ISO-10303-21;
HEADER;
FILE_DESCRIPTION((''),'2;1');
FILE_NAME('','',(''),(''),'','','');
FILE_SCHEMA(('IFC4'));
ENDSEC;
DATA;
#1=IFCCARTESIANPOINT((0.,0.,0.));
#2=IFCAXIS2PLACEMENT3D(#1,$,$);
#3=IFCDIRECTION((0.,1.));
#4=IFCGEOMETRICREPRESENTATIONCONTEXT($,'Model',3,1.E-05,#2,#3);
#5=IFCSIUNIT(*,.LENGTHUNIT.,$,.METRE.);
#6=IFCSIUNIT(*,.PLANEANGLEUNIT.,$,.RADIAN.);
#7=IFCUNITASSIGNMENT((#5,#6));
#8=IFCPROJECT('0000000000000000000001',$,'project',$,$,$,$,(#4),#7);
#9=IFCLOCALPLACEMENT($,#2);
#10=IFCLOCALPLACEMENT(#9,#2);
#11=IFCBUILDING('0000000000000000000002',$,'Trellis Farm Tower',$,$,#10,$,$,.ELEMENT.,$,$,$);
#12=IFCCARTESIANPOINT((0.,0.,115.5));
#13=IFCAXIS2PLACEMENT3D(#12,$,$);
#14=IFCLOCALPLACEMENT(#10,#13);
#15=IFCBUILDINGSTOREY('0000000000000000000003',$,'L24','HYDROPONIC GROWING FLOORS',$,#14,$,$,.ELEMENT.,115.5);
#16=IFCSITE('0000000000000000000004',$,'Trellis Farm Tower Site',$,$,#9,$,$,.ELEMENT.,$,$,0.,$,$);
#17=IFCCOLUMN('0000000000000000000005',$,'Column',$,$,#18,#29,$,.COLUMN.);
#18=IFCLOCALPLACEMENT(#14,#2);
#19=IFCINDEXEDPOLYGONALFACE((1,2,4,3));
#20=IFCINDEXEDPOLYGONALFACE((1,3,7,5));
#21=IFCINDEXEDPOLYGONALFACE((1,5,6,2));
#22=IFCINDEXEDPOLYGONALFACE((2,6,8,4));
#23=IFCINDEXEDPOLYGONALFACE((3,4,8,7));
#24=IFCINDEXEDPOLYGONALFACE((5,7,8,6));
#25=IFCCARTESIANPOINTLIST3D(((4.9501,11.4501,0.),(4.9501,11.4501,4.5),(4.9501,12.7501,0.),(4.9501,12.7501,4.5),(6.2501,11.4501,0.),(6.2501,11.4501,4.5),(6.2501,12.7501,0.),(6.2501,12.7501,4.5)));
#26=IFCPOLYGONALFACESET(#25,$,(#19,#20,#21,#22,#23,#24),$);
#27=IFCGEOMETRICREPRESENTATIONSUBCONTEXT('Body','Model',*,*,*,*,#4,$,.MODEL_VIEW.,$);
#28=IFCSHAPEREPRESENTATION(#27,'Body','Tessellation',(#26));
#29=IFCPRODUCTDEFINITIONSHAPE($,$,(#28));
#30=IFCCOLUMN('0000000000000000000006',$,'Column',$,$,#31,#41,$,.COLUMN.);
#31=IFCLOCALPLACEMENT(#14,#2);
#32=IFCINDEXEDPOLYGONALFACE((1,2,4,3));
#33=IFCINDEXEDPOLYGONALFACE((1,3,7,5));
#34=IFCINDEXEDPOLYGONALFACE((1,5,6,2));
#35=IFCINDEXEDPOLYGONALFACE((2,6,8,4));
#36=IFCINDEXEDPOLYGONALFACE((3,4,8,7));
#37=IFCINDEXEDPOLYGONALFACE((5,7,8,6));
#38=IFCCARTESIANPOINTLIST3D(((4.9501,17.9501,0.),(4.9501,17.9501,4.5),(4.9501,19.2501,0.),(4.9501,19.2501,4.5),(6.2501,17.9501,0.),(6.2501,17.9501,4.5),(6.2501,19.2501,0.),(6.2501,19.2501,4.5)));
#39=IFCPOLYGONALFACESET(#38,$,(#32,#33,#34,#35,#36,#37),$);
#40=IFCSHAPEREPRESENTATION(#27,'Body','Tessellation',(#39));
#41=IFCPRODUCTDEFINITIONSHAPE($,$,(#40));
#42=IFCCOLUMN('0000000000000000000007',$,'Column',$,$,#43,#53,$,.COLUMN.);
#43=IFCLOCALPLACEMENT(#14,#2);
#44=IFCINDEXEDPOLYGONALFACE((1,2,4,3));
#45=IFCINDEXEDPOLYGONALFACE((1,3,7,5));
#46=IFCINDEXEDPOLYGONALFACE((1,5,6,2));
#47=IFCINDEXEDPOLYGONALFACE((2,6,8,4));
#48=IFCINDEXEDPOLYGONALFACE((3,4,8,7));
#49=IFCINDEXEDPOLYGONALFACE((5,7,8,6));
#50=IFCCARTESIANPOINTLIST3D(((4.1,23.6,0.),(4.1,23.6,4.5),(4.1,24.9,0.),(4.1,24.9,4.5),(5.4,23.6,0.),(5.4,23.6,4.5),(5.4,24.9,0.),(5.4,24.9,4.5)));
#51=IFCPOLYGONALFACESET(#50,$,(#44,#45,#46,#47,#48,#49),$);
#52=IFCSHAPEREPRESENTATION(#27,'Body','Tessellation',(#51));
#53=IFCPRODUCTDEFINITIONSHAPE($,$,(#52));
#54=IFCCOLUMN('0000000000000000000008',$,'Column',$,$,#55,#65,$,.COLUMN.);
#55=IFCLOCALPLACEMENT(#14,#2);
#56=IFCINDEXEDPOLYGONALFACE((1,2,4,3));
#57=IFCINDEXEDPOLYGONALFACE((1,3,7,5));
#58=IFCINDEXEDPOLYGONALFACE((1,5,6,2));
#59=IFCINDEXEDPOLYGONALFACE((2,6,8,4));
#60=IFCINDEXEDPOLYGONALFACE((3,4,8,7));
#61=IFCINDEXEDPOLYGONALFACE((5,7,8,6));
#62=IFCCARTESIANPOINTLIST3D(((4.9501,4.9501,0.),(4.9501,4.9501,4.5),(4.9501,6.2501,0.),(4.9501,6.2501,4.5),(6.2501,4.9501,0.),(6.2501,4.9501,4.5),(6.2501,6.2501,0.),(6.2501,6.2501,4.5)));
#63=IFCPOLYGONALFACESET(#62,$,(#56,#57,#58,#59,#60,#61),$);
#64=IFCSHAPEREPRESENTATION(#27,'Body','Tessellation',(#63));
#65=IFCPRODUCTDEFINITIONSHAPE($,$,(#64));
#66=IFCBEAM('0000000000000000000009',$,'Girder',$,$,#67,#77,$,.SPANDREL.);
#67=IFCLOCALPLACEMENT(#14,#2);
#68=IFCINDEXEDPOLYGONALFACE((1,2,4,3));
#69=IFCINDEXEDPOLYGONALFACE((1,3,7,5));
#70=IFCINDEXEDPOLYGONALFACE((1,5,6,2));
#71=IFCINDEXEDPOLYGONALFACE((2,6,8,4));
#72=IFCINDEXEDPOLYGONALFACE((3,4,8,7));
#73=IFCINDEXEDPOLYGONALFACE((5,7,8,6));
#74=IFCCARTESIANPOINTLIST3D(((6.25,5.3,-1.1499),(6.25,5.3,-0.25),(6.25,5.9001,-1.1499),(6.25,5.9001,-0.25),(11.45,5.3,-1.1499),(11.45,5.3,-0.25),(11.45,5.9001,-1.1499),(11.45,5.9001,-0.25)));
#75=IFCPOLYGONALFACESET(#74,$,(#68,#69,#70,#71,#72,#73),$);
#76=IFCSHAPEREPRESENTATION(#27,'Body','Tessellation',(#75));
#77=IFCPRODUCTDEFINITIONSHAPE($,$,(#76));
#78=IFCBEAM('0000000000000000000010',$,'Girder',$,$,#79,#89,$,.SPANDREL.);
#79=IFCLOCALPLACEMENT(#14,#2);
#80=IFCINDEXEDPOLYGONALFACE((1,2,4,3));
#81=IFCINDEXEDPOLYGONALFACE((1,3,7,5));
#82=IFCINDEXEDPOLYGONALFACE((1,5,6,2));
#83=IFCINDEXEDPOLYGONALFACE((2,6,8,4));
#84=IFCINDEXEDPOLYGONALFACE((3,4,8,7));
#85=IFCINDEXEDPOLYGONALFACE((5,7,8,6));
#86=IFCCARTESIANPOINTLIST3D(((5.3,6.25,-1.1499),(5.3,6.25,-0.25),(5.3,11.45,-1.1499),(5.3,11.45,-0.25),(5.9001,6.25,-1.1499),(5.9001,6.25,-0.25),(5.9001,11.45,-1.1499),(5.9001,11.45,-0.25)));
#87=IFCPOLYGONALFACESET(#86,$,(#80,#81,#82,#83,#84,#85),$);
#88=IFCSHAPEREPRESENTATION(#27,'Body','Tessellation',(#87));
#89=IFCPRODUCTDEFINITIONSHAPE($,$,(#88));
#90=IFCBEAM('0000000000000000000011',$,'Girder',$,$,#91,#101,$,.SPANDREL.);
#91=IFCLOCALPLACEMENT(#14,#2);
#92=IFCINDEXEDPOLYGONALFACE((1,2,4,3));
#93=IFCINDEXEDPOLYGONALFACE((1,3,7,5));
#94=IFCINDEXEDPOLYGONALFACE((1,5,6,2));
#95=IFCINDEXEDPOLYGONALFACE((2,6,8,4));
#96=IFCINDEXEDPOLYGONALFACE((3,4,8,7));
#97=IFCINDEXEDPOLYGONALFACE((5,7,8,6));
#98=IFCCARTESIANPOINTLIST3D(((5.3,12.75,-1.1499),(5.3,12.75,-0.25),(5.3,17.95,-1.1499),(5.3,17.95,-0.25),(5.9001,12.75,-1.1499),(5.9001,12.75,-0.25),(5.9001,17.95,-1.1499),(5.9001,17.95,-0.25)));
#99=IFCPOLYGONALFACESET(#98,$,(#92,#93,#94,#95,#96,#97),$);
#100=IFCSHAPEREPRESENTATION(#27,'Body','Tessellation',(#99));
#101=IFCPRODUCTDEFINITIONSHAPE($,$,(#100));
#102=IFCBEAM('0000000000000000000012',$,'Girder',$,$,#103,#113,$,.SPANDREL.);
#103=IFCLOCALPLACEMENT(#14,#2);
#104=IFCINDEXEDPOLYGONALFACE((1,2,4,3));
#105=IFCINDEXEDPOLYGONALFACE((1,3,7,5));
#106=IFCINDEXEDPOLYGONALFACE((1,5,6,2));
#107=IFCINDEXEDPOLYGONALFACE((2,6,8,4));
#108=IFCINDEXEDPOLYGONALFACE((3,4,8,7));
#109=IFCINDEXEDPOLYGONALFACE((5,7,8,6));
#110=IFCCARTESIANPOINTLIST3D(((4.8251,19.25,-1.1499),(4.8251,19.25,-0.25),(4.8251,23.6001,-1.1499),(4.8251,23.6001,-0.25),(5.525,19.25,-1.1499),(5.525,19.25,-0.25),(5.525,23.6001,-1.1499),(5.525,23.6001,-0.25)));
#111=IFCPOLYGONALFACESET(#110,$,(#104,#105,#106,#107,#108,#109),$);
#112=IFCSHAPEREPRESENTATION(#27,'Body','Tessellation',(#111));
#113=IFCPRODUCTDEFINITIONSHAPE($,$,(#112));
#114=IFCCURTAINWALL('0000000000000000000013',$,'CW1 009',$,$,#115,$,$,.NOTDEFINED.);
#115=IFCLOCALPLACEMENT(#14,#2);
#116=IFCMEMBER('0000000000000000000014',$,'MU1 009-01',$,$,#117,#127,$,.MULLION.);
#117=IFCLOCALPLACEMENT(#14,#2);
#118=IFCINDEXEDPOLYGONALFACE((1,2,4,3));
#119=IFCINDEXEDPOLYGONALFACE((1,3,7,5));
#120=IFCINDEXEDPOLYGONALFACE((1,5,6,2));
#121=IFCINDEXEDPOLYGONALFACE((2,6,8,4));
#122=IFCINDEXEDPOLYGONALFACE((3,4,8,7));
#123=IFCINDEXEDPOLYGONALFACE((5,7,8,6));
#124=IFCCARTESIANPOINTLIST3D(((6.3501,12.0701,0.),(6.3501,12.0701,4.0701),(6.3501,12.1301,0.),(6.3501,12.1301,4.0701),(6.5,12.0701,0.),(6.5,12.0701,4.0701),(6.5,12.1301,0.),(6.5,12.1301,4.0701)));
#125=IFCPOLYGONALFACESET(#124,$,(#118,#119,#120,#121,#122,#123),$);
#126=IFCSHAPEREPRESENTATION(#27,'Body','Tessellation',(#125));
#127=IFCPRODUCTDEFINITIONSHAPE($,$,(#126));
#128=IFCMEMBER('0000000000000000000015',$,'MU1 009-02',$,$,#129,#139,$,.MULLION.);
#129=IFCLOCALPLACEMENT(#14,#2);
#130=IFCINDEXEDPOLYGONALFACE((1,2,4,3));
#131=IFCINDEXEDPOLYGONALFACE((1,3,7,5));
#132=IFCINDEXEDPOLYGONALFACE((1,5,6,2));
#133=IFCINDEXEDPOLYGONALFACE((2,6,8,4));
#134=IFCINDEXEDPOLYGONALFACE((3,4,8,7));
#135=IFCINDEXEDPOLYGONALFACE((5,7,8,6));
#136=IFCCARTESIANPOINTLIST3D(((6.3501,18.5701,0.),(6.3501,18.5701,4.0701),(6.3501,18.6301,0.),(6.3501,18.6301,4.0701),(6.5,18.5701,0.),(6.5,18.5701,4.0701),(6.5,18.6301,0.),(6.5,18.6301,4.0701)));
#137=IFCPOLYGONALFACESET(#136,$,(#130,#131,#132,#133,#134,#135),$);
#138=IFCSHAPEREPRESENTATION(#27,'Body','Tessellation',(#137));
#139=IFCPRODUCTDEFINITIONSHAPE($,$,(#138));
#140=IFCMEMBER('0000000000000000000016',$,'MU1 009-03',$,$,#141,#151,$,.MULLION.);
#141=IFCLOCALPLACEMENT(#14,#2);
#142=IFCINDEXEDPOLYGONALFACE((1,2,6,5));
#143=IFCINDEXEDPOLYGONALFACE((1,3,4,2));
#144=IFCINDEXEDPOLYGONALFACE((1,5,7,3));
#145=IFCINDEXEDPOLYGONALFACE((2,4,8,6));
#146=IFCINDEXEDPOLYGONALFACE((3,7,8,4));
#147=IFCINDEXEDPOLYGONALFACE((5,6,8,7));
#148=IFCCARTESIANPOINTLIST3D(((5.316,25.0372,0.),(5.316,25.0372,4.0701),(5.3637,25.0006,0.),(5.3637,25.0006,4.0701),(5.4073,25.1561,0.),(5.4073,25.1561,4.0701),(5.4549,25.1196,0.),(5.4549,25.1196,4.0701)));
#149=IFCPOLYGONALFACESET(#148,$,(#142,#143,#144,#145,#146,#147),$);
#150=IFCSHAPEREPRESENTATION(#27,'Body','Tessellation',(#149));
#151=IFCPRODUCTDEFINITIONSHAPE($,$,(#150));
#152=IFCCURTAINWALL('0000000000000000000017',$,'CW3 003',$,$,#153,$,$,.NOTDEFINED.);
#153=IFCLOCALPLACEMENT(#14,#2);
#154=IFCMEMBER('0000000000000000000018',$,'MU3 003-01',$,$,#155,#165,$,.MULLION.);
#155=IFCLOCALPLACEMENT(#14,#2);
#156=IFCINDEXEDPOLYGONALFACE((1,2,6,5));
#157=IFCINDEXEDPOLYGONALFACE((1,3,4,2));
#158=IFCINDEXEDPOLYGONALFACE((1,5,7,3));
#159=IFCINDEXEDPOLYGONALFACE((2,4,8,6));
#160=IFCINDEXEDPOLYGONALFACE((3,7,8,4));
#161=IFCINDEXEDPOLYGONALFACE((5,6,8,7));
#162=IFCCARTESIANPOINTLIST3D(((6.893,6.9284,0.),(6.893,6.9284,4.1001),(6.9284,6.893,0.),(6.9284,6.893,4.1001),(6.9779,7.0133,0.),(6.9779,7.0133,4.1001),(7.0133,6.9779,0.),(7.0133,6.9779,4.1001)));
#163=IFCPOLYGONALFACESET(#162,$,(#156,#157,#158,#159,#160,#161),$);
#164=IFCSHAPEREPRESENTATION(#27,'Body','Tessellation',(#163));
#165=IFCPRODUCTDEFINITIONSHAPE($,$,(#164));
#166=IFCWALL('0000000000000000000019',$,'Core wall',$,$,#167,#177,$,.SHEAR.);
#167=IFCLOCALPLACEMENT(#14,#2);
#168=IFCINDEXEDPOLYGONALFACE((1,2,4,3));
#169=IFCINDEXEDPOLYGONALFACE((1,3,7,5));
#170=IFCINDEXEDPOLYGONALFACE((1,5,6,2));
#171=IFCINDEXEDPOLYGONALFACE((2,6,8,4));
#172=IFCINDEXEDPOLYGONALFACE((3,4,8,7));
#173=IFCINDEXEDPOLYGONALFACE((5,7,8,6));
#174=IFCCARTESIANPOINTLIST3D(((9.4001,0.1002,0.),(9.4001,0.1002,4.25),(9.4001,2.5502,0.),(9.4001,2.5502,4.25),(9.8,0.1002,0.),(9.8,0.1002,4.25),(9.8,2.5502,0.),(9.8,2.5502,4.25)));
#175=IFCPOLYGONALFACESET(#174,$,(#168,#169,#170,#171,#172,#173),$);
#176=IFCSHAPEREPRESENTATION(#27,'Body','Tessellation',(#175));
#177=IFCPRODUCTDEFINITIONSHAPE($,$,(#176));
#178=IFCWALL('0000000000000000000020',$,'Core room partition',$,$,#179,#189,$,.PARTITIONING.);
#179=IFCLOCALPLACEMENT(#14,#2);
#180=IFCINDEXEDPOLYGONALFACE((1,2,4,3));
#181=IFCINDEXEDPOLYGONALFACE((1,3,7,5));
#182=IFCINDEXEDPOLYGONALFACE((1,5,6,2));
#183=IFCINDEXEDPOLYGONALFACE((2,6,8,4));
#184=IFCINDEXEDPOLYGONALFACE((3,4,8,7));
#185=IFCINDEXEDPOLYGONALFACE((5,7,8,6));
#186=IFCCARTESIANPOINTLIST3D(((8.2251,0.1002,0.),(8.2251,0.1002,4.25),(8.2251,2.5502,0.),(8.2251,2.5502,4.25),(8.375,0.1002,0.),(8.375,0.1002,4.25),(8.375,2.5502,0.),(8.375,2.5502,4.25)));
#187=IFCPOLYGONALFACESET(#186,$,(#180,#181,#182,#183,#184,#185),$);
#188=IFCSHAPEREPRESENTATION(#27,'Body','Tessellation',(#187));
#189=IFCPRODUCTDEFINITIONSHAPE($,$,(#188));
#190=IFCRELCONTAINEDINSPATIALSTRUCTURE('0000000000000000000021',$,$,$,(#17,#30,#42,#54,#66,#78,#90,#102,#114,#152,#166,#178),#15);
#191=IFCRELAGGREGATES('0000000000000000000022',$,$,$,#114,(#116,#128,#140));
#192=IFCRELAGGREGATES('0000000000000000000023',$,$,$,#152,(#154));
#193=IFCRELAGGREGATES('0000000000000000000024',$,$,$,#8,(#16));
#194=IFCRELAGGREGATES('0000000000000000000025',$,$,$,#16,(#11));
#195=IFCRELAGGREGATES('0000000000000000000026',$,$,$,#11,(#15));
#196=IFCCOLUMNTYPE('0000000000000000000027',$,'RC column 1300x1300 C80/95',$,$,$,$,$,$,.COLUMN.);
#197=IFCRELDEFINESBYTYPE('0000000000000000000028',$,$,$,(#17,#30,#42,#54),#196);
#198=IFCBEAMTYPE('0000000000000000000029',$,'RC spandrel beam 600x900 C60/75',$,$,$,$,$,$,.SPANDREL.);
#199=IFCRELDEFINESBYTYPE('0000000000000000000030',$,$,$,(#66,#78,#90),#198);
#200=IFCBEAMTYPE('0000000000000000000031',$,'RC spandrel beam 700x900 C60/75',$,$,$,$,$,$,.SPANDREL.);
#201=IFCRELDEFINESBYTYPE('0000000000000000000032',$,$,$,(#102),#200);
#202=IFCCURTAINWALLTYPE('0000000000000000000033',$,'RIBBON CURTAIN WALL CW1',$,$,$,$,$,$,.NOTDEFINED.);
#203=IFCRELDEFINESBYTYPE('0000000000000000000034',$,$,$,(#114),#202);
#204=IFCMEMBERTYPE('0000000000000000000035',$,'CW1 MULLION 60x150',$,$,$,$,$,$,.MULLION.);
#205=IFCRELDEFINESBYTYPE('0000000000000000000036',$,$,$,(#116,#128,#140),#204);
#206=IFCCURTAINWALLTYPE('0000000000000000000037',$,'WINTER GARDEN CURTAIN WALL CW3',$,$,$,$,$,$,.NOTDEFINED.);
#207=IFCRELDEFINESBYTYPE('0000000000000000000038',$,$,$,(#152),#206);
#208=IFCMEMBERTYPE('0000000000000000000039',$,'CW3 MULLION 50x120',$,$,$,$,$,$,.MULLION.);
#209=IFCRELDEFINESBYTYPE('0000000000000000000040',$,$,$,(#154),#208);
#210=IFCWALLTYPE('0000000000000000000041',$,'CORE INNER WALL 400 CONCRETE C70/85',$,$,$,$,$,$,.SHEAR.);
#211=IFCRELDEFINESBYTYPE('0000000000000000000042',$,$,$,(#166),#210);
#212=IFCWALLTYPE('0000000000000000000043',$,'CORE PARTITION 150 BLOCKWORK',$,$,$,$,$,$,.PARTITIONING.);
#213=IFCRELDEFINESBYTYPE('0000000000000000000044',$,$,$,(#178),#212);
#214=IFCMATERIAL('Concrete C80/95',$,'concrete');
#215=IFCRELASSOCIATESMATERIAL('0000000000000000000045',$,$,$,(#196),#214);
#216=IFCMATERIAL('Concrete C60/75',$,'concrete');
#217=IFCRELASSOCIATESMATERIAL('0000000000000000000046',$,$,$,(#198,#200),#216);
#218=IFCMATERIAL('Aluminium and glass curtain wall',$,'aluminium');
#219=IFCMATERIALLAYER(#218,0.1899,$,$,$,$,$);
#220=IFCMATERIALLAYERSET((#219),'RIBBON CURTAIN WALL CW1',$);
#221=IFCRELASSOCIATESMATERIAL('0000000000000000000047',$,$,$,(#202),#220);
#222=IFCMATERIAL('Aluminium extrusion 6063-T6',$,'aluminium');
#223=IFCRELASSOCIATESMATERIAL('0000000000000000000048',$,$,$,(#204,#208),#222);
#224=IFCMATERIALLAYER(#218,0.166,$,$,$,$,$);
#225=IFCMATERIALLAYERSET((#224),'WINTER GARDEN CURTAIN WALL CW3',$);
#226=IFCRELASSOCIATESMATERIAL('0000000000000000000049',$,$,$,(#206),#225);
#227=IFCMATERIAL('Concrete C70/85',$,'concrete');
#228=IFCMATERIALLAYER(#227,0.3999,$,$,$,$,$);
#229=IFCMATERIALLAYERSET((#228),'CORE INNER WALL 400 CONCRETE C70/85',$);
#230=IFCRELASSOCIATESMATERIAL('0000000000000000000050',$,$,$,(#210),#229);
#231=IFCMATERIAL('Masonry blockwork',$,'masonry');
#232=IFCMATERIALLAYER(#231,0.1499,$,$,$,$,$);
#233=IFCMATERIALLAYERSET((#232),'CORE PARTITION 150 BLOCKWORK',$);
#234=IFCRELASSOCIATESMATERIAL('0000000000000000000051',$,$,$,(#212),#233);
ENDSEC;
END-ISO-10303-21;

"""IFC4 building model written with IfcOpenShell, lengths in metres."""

from ifc_helpers import new_model, si_unit, direction, frame, frame_2d, origin, origin_2d, place, context, subcontext, project, spatial, rectangle, extrude, source, transform, mapped, material, layer, layer_set, material_profile, profile_set, type_object, element, aggregate, save


model = new_model("IFC4")

# Units and contexts
model_context = context("Model", 3, precision=1e-05, world=origin(), true_north=direction((0.0, 1.0)))
body_context = subcontext(model_context, "Body", "Model", "MODEL_VIEW")
ifc_project = project(units=[si_unit("LENGTHUNIT", "METRE"), si_unit("PLANEANGLEUNIT", "RADIAN")], contexts=[model_context])

# Site, building, storey
site_placement = place(None, origin())
site = spatial("IfcSite", under=ifc_project, at=site_placement, Name="Trellis Farm Tower Site", CompositionType="ELEMENT", RefElevation=0.0)
building_placement = place(site_placement, origin())
building = spatial("IfcBuilding", under=site, at=building_placement, Name="Trellis Farm Tower", CompositionType="ELEMENT")
storey_placement = place(building_placement, frame((0.0, 0.0, 115.5)))
storey = spatial("IfcBuildingStorey", under=building, at=storey_placement, Name="L24", Description="HYDROPONIC GROWING FLOORS", CompositionType="ELEMENT", Elevation=115.5)

# Columns
ifc_material_1 = material(Name="Concrete C80/95", Category="concrete")
ifc_material_profile_1 = material_profile(ifc_material_1, rectangle(XDim=1.3, YDim=1.3, at=origin_2d()), Name="RC column 1300x1300 C80/95")
ifc_profile_set_1 = profile_set([ifc_material_profile_1], Name="Concrete C80/95")
column_type = type_object("IfcColumnType", Name="RC column 1300x1300 C80/95", PredefinedType="COLUMN", material=ifc_profile_set_1)
shared_shape_1 = source(origin(), body_context, "Body", "SweptSolid", [
    extrude(rectangle(XDim=1.3, YDim=1.3, at=origin_2d()), origin(), (0.0, 0.0, 1.0), 4.5),
])
for number, where, z_axis, x_axis, name in (
    (1, (5.6001, 12.1001, 0.0), (0.0, 0.0, 1.0), (1.0, 0.0, 0.0), "Column"),
    (2, (5.6001, 18.6001, 0.0), (0.0, 0.0, 1.0), (1.0, 0.0, 0.0), "Column"),
    (3, (4.75, 24.25, 0.0), (0.0, 0.0, 1.0), (1.0, 0.0, 0.0), "Column"),
    (4, (5.6001, 5.6001, 0.0), (0.0, 0.0, 1.0), (1.0, 0.0, 0.0), "Column"),
):
    element("IfcColumn", number, at=place(storey_placement, frame(where, z_axis=z_axis, x_axis=x_axis)), inside=storey, type_object=column_type, Name=name, PredefinedType="COLUMN", context=body_context, shape_type="MappedRepresentation", body=[
        mapped(shared_shape_1, transform((0.0, 0.0, 0.0))),
    ])

# Beams
ifc_material_2 = material(Name="Concrete C60/75", Category="concrete")
ifc_material_profile_2 = material_profile(ifc_material_2, rectangle(XDim=0.6001, YDim=0.8999, at=origin_2d()), Name="RC spandrel beam 600x900 C60/75")
ifc_profile_set_2 = profile_set([ifc_material_profile_2], Name="Concrete C60/75")
beam_type_1 = type_object("IfcBeamType", Name="RC spandrel beam 600x900 C60/75", PredefinedType="SPANDREL", material=ifc_profile_set_2)
shared_shape_2 = source(origin(), body_context, "Body", "SweptSolid", [
    extrude(rectangle(XDim=0.6001, YDim=0.8999, at=origin_2d()), origin(), (0.0, 0.0, 1.0), 5.2),
])
for number, where, z_axis, x_axis, name in (
    (5, (6.25, 5.6001, -0.7), (1.0, 0.0, 0.0), (0.0, 1.0, 0.0), "Girder"),
    (6, (5.6001, 6.25, -0.7), (0.0, 1.0, 0.0), (-1.0, 0.0, 0.0), "Girder"),
    (7, (5.6001, 12.75, -0.7), (0.0, 1.0, 0.0), (-1.0, 0.0, 0.0), "Girder"),
):
    element("IfcBeam", number, at=place(storey_placement, frame(where, z_axis=z_axis, x_axis=x_axis)), inside=storey, type_object=beam_type_1, Name=name, PredefinedType="SPANDREL", context=body_context, shape_type="MappedRepresentation", body=[
        mapped(shared_shape_2, transform((0.0, 0.0, 0.0))),
    ])
ifc_material_profile_3 = material_profile(ifc_material_2, rectangle(XDim=0.7, YDim=0.8999, at=origin_2d()), Name="RC spandrel beam 700x900 C60/75")
ifc_profile_set_3 = profile_set([ifc_material_profile_3], Name="Concrete C60/75")
beam_type_2 = type_object("IfcBeamType", Name="RC spandrel beam 700x900 C60/75", PredefinedType="SPANDREL", material=ifc_profile_set_3)
shared_shape_3 = source(origin(), body_context, "Body", "SweptSolid", [
    extrude(rectangle(XDim=0.7, YDim=0.8999, at=origin_2d()), origin(), (0.0, 0.0, 1.0), 4.3501),
])
beam_placement = place(storey_placement, frame((5.175, 19.25, -0.7), z_axis=(0.0, 1.0, 0.0), x_axis=(-1.0, 0.0, 0.0)))
element("IfcBeam", 8, at=beam_placement, inside=storey, type_object=beam_type_2, Name="Girder", PredefinedType="SPANDREL", context=body_context, shape_type="MappedRepresentation", body=[
    mapped(shared_shape_3, transform((0.0, 0.0, 0.0))),
])

# Curtain wall, members
ifc_material_3 = material(Name="Aluminium and glass curtain wall", Category="aluminium")
ifc_layer_1 = layer(ifc_material_3, 0.1899)
ifc_layer_set_1 = layer_set([ifc_layer_1], Name="RIBBON CURTAIN WALL CW1")
curtain_wall_type_1 = type_object("IfcCurtainWallType", Name="RIBBON CURTAIN WALL CW1", PredefinedType="NOTDEFINED", material=ifc_layer_set_1)
placement = place(storey_placement, origin())
curtain_wall_1 = element("IfcCurtainWall", 9, at=placement, inside=storey, type_object=curtain_wall_type_1, Name="CW1 009", PredefinedType="NOTDEFINED")
ifc_material_4 = material(Name="Aluminium extrusion 6063-T6", Category="aluminium")
ifc_material_profile_4 = material_profile(ifc_material_4, rectangle(XDim=0.0601, YDim=0.1499, at=origin_2d()), Name="MULLION 60x150")
ifc_profile_set_4 = profile_set([ifc_material_profile_4], Name="Aluminium extrusion 6063-T6")
member_type_1 = type_object("IfcMemberType", Name="CW1 MULLION 60x150", PredefinedType="MULLION", material=ifc_profile_set_4)
shared_shape_4 = source(origin(), body_context, "Body", "SweptSolid", [
    extrude(rectangle(XDim=0.0601, YDim=0.1499, at=origin_2d()), origin(), (0.0, 0.0, 1.0), 4.0701),
])
member_1_placement = place(storey_placement, frame((6.425, 12.1001, 0.0), z_axis=(0.0, 0.0, 1.0), x_axis=(0.0, 1.0, 0.0)))
member_1 = element("IfcMember", 10, at=member_1_placement, type_object=member_type_1, Name="MU1 009-01", PredefinedType="MULLION", context=body_context, shape_type="MappedRepresentation", body=[
    mapped(shared_shape_4, transform((0.0, 0.0, 0.0))),
])
member_2_placement = place(storey_placement, frame((6.425, 18.6001, 0.0), z_axis=(0.0, 0.0, 1.0), x_axis=(0.0, 1.0, 0.0)))
member_2 = element("IfcMember", 11, at=member_2_placement, type_object=member_type_1, Name="MU1 009-02", PredefinedType="MULLION", context=body_context, shape_type="MappedRepresentation", body=[
    mapped(shared_shape_4, transform((0.0, 0.0, 0.0))),
])
member_3_placement = place(storey_placement, frame((5.3855, 25.0784, 0.0), z_axis=(0.0, 0.0, 1.0), x_axis=(-0.793353, 0.608761, 0.0)))
member_3 = element("IfcMember", 12, at=member_3_placement, type_object=member_type_1, Name="MU1 009-03", PredefinedType="MULLION", context=body_context, shape_type="MappedRepresentation", body=[
    mapped(shared_shape_4, transform((0.0, 0.0, 0.0))),
])
aggregate(curtain_wall_1, [member_1, member_2, member_3])

# Curtain wall, member
ifc_layer_2 = layer(ifc_material_3, 0.166)
ifc_layer_set_2 = layer_set([ifc_layer_2], Name="WINTER GARDEN CURTAIN WALL CW3")
curtain_wall_type_2 = type_object("IfcCurtainWallType", Name="WINTER GARDEN CURTAIN WALL CW3", PredefinedType="NOTDEFINED", material=ifc_layer_set_2)
curtain_wall_2 = element("IfcCurtainWall", 13, at=placement, inside=storey, type_object=curtain_wall_type_2, Name="CW3 003", PredefinedType="NOTDEFINED")
ifc_material_profile_5 = material_profile(ifc_material_4, rectangle(XDim=0.05, YDim=0.1201, at=origin_2d()), Name="MULLION 50x120")
ifc_profile_set_5 = profile_set([ifc_material_profile_5], Name="Aluminium extrusion 6063-T6")
member_type_2 = type_object("IfcMemberType", Name="CW3 MULLION 50x120", PredefinedType="MULLION", material=ifc_profile_set_5)
shared_shape_5 = source(origin(), body_context, "Body", "SweptSolid", [
    extrude(rectangle(XDim=0.05, YDim=0.1201, at=origin_2d()), origin(), (0.0, 0.0, 1.0), 4.1001),
])
member_4_placement = place(storey_placement, frame((6.9531, 6.9531, 0.0), z_axis=(0.0, 0.0, 1.0), x_axis=(-0.707107, 0.707107, 0.0)))
member_4 = element("IfcMember", 14, at=member_4_placement, type_object=member_type_2, Name="MU3 003-01", PredefinedType="MULLION", context=body_context, shape_type="MappedRepresentation", body=[
    mapped(shared_shape_5, transform((0.0, 0.0, 0.0))),
])
aggregate(curtain_wall_2, [member_4])

# Wall
ifc_material_5 = material(Name="Concrete C70/85", Category="concrete")
ifc_layer_3 = layer(ifc_material_5, 0.3999)
ifc_layer_set_3 = layer_set([ifc_layer_3], Name="CORE INNER WALL 400 CONCRETE C70/85")
wall_type_1 = type_object("IfcWallType", Name="CORE INNER WALL 400 CONCRETE C70/85", PredefinedType="SHEAR", material=ifc_layer_set_3)
shared_shape_6 = source(origin(), body_context, "Body", "SweptSolid", [
    extrude(rectangle(XDim=2.45, YDim=0.3999, at=frame_2d((1.2251, 0.0))), origin(), (0.0, 0.0, 1.0), 4.25),
])
wall_1_placement = place(storey_placement, frame((9.6001, 0.1001, 0.0), z_axis=(0.0, 0.0, 1.0), x_axis=(0.0, 1.0, 0.0)))
element("IfcWall", 15, at=wall_1_placement, inside=storey, type_object=wall_type_1, Name="Core wall", PredefinedType="SHEAR", context=body_context, shape_type="MappedRepresentation", body=[
    mapped(shared_shape_6, transform((0.0, 0.0, 0.0))),
])

# Wall
ifc_material_6 = material(Name="Masonry blockwork", Category="masonry")
ifc_layer_4 = layer(ifc_material_6, 0.1499)
ifc_layer_set_4 = layer_set([ifc_layer_4], Name="CORE PARTITION 150 BLOCKWORK")
wall_type_2 = type_object("IfcWallType", Name="CORE PARTITION 150 BLOCKWORK", PredefinedType="PARTITIONING", material=ifc_layer_set_4)
shared_shape_7 = source(origin(), body_context, "Body", "SweptSolid", [
    extrude(rectangle(XDim=2.45, YDim=0.1499, at=frame_2d((1.2251, 0.0))), origin(), (0.0, 0.0, 1.0), 4.25),
])
for number, where, z_axis, x_axis, name in (
    (16, (8.3, 0.1001, 0.0), (0.0, 0.0, 1.0), (0.0, 1.0, 0.0), "Core room partition"),
):
    element("IfcWall", number, at=place(storey_placement, frame(where, z_axis=z_axis, x_axis=x_axis)), inside=storey, type_object=wall_type_2, Name=name, PredefinedType="PARTITIONING", context=body_context, shape_type="MappedRepresentation", body=[
        mapped(shared_shape_7, transform((0.0, 0.0, 0.0))),
    ])

save(model, "model.ifc")
